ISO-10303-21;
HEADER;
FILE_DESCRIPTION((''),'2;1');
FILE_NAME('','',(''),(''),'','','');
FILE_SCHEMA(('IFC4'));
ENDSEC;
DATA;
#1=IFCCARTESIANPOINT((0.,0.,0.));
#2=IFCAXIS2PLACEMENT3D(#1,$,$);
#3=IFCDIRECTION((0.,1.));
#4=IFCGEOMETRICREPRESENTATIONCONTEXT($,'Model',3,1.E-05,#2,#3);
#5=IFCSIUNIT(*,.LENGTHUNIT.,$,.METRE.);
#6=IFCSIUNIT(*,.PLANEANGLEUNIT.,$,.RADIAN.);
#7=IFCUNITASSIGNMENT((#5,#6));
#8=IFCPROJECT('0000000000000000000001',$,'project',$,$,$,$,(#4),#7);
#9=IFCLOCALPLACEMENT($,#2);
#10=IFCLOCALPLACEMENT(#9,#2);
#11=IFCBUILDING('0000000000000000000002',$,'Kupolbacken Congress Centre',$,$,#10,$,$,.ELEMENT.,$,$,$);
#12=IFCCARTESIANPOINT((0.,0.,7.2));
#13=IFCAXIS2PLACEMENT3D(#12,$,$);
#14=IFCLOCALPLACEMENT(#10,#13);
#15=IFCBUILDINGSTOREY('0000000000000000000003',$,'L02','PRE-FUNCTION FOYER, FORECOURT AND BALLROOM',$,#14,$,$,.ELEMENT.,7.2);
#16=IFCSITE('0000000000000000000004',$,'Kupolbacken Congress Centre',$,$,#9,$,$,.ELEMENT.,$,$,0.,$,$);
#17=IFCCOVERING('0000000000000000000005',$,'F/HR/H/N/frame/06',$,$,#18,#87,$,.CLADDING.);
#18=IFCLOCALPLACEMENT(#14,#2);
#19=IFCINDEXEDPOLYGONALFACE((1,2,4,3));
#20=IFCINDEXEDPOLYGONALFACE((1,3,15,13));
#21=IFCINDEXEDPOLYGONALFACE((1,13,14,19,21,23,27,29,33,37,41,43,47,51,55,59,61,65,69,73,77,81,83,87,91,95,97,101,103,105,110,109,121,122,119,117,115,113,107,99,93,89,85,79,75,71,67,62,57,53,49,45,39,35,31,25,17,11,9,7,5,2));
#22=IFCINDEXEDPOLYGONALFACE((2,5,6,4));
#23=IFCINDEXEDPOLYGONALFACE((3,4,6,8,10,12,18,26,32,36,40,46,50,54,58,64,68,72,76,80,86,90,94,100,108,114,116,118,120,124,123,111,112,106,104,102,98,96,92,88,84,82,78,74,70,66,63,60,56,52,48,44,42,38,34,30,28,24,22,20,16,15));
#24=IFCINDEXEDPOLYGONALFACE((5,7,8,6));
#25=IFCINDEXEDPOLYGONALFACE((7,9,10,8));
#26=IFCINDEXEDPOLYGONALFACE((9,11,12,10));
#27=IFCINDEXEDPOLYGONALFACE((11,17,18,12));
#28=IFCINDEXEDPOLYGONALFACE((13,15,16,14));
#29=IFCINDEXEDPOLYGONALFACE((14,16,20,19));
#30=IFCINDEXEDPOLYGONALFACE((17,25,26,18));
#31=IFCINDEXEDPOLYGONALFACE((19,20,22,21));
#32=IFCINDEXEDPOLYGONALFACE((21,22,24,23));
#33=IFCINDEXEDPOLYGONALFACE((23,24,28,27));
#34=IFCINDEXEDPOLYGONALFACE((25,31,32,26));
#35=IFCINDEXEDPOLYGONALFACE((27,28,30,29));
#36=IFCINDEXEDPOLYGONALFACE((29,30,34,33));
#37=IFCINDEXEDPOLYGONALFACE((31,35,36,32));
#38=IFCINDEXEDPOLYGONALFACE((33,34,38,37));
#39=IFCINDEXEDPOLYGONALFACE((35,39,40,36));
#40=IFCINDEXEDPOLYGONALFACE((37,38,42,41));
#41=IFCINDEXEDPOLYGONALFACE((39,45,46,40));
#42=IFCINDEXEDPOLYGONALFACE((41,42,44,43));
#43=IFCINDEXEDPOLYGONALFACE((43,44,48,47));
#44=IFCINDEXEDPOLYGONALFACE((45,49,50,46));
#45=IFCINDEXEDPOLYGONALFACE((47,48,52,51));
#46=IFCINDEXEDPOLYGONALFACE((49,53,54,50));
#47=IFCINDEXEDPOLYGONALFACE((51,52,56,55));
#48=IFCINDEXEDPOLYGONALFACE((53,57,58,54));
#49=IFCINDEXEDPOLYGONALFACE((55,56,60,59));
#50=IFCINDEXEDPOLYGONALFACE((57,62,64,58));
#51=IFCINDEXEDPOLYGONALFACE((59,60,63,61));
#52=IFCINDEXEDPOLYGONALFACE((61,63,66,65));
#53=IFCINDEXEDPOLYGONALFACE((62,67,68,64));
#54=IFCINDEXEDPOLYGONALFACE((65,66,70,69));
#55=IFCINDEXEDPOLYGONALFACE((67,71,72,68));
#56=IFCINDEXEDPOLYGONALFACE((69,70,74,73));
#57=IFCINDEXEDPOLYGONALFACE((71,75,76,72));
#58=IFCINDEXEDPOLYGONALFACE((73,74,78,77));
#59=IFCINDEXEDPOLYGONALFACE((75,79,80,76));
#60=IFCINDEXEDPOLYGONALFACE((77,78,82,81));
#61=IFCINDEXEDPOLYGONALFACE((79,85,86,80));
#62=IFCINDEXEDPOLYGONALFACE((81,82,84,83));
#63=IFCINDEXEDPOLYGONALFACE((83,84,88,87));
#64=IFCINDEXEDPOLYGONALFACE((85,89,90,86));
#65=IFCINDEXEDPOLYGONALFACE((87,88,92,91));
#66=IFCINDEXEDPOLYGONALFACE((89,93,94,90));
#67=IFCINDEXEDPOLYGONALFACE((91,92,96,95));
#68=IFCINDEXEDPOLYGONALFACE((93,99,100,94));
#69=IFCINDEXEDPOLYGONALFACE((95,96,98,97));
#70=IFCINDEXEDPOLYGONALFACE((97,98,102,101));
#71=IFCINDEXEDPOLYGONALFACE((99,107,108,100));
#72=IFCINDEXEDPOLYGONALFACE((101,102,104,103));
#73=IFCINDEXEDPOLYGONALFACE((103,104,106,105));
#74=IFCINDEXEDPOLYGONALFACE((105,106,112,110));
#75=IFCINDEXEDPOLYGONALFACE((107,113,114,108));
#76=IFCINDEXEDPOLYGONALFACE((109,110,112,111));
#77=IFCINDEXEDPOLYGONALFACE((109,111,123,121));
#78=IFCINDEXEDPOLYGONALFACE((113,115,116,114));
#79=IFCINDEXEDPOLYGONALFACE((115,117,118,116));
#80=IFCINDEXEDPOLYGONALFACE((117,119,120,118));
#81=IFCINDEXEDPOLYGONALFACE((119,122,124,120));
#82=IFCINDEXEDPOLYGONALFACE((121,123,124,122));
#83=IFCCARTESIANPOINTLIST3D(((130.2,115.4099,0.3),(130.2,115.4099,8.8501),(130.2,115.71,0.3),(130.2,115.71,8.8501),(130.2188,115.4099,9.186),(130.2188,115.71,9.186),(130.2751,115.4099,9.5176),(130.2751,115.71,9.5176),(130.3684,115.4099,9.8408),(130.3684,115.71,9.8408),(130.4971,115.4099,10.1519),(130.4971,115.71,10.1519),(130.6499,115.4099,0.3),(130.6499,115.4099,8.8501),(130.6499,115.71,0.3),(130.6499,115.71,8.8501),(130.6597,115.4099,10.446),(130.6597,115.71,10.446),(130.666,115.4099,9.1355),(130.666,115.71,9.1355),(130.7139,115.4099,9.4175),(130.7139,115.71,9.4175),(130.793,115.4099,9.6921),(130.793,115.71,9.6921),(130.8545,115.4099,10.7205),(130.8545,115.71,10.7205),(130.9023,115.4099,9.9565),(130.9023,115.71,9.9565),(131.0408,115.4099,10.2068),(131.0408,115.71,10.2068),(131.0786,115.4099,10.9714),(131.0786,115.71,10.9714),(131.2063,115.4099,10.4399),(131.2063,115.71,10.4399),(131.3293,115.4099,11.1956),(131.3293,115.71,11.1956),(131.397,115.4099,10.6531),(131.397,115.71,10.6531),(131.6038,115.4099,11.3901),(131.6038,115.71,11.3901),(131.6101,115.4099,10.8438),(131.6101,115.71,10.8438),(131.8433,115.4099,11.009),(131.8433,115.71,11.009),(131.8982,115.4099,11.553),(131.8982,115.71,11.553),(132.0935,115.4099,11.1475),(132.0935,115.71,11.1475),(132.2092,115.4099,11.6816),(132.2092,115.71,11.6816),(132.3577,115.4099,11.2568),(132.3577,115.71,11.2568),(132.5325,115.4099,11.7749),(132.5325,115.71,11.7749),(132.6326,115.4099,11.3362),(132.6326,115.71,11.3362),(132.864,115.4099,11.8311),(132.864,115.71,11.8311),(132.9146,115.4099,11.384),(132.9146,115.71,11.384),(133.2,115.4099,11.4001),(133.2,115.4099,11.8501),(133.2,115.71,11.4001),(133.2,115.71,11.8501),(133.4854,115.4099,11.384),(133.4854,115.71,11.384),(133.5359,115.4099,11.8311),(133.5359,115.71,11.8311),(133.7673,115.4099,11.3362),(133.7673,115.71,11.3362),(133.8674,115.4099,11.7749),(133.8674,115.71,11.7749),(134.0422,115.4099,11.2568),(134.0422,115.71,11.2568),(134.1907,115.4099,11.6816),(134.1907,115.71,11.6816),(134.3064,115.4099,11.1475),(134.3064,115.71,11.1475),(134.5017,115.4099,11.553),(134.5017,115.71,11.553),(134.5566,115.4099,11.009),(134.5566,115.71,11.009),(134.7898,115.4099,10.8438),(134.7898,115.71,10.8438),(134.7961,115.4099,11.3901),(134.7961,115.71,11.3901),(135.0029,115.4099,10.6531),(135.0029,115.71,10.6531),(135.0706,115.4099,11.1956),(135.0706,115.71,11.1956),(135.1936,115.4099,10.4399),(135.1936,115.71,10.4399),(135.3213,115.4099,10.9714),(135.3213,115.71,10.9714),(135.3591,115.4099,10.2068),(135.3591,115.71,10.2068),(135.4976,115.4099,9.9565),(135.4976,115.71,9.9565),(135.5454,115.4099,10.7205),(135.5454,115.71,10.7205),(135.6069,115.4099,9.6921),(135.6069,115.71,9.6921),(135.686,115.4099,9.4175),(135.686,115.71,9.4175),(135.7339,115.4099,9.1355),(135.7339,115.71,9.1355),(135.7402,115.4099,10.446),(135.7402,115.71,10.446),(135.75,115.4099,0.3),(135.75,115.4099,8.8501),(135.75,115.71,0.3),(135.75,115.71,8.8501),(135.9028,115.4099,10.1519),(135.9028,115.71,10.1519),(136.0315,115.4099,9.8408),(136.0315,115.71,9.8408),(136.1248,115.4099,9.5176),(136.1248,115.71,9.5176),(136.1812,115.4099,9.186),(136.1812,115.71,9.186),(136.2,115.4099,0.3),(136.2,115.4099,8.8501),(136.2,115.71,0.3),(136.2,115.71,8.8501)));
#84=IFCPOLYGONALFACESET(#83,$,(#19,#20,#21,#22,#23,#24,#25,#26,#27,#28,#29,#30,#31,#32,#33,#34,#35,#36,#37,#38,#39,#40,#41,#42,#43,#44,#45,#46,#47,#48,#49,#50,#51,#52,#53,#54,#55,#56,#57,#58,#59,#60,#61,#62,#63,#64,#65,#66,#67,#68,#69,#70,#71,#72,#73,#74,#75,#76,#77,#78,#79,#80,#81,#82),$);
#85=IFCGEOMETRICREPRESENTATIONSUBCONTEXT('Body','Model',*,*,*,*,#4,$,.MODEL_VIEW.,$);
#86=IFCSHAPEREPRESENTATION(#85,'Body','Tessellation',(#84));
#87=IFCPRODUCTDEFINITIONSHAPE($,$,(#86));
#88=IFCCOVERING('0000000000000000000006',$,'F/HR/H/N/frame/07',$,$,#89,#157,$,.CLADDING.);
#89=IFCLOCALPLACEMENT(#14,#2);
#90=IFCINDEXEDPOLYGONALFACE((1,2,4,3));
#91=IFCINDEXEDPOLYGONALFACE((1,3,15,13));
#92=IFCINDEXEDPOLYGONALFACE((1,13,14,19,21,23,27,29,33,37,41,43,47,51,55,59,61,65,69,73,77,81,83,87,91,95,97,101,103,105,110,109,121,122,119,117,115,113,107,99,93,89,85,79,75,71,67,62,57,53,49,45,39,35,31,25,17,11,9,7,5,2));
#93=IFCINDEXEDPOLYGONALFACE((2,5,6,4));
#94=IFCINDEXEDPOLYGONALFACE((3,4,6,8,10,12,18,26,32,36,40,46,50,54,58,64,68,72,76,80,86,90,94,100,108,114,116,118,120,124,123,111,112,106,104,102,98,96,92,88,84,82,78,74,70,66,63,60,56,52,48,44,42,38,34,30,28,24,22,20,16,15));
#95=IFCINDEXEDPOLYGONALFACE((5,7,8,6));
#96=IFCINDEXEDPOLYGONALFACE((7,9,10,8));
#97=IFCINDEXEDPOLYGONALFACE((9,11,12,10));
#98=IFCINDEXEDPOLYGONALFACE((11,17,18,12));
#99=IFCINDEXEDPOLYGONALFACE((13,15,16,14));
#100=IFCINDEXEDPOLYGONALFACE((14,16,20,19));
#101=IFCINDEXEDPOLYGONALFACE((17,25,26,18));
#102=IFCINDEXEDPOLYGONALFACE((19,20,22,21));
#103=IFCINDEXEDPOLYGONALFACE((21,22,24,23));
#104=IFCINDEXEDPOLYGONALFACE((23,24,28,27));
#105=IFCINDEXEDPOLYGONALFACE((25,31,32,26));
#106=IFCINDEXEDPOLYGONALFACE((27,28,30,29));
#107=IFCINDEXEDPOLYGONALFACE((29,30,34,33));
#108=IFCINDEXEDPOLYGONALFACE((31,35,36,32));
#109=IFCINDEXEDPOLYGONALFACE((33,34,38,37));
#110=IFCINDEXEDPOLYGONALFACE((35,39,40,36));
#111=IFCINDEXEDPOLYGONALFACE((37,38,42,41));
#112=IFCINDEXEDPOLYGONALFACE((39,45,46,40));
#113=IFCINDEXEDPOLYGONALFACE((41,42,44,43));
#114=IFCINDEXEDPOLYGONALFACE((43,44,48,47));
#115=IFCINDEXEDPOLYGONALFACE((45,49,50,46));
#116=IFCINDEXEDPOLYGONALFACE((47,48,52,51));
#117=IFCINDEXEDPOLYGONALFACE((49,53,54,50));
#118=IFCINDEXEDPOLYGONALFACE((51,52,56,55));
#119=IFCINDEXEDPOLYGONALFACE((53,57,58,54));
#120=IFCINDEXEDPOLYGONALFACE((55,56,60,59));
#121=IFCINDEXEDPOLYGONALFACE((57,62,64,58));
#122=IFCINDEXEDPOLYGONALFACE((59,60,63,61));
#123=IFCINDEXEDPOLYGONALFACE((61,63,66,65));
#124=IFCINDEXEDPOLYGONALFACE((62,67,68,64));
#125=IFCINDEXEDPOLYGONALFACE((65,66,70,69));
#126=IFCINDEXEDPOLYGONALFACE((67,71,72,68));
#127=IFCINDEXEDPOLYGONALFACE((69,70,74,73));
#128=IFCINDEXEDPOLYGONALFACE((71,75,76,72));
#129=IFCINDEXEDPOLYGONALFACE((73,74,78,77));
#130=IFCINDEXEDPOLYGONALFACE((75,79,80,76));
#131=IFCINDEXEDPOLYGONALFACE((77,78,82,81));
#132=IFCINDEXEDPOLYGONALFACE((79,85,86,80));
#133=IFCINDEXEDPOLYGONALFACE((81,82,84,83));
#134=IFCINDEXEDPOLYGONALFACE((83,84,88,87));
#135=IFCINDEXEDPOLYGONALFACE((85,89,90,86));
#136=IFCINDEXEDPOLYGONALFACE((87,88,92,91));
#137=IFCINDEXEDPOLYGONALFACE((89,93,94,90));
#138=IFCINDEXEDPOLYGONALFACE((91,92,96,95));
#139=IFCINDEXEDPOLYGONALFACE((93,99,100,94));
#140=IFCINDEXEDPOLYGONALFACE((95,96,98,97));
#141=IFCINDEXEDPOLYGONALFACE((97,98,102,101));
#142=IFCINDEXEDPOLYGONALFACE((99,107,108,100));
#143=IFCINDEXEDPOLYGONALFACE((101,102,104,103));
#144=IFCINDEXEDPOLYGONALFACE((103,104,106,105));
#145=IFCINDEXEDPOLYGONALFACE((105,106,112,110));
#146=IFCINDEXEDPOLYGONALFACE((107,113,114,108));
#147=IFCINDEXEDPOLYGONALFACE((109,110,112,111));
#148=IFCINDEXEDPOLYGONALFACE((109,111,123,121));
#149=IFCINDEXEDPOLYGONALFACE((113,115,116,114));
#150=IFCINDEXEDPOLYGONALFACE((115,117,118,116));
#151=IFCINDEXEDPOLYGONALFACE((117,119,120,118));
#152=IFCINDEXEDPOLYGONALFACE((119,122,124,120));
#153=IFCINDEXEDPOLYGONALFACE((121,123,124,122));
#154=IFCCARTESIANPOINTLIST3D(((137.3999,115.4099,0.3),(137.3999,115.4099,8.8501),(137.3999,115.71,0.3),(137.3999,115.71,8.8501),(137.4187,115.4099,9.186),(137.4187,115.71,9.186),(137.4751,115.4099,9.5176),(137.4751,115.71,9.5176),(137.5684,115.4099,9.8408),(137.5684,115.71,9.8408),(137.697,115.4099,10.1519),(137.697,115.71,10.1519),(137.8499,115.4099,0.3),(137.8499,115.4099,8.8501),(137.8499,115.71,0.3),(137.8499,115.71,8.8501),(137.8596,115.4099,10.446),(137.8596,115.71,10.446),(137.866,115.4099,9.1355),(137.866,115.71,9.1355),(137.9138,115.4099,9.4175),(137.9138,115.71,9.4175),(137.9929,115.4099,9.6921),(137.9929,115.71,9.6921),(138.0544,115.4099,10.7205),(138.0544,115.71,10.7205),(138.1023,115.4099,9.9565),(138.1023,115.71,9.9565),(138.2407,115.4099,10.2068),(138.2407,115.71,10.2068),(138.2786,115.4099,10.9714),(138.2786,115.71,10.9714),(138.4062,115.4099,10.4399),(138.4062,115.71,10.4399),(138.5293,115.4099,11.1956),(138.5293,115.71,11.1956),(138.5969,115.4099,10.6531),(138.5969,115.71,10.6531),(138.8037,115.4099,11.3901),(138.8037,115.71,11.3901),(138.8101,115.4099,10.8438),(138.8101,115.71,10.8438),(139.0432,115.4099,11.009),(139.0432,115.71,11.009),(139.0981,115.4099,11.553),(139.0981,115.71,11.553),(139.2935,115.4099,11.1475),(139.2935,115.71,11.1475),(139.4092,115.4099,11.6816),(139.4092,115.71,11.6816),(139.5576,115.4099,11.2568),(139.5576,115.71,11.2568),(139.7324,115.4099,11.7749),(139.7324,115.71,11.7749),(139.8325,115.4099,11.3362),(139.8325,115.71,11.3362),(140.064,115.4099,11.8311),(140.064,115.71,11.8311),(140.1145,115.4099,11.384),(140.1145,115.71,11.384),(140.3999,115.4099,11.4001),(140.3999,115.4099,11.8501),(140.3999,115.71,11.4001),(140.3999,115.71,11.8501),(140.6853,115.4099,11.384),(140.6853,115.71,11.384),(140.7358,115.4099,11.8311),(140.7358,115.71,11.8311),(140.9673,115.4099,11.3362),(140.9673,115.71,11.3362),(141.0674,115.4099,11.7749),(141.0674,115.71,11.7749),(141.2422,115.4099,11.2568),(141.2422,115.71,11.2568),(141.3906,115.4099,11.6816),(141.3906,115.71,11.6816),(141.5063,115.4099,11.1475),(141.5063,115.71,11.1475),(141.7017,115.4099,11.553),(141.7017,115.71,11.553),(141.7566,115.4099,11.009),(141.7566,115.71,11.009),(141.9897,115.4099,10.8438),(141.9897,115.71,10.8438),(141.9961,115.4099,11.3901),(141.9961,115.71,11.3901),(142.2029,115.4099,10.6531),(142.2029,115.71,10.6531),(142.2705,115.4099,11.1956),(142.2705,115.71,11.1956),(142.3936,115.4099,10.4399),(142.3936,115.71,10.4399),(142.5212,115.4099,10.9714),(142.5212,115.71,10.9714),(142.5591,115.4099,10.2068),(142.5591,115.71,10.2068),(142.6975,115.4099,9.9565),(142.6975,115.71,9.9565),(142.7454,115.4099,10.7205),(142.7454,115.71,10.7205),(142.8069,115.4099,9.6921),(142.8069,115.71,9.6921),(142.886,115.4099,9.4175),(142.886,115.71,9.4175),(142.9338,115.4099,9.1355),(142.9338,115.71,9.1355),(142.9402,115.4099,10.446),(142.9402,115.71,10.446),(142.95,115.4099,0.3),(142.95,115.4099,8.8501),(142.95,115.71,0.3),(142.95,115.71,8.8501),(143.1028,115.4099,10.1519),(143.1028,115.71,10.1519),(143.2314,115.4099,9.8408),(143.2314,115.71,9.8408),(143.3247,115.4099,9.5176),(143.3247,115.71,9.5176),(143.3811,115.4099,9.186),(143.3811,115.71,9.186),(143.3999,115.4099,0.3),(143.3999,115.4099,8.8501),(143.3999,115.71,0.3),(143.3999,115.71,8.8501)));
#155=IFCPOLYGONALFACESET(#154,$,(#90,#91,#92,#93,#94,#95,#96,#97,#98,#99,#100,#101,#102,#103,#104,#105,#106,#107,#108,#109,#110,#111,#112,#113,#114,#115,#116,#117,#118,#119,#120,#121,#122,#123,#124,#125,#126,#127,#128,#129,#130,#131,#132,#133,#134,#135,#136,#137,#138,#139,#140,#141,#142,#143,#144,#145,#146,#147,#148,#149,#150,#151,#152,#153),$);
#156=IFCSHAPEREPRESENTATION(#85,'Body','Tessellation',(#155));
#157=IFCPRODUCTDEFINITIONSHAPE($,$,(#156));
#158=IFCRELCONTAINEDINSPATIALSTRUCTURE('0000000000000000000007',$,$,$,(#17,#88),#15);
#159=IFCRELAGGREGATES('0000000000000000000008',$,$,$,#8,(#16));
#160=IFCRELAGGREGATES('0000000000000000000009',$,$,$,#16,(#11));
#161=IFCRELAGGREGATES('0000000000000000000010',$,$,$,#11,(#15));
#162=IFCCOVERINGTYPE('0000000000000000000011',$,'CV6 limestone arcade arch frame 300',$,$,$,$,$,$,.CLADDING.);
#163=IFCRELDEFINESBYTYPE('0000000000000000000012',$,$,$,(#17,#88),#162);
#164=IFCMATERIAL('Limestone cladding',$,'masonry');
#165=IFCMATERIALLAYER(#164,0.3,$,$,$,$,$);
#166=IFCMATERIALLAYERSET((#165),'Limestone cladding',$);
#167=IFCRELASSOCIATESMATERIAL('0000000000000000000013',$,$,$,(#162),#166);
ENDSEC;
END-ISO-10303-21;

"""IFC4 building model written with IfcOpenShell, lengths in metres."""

from ifc_helpers import new_model, si_unit, direction, frame, origin, place, context, subcontext, project, spatial, polyline, outline, extrude, material, layer, layer_set, type_object, element, save


model = new_model("IFC4")

# Units and contexts
model_context = context("Model", 3, precision=1e-05, world=origin(), true_north=direction((0.0, 1.0)))
body_context = subcontext(model_context, "Body", "Model", "MODEL_VIEW")
ifc_project = project(units=[si_unit("LENGTHUNIT", "METRE"), si_unit("PLANEANGLEUNIT", "RADIAN")], contexts=[model_context])

# Site, building, storey
site_placement = place(None, origin())
site = spatial("IfcSite", under=ifc_project, at=site_placement, Name="Kupolbacken Congress Centre", CompositionType="ELEMENT", RefElevation=0.0)
building_placement = place(site_placement, origin())
building = spatial("IfcBuilding", under=site, at=building_placement, Name="Kupolbacken Congress Centre", CompositionType="ELEMENT")
storey_placement = place(building_placement, frame((0.0, 0.0, 7.2)))
storey = spatial("IfcBuildingStorey", under=building, at=storey_placement, Name="L02", Description="PRE-FUNCTION FOYER, FORECOURT AND BALLROOM", CompositionType="ELEMENT", Elevation=7.2)

# Coverings
ifc_material_1 = material(Name="Limestone cladding", Category="masonry")
ifc_layer_1 = layer(ifc_material_1, 0.3)
ifc_layer_set_1 = layer_set([ifc_layer_1], Name="Limestone cladding")
covering_type_1 = type_object("IfcCoveringType", Name="CV6 limestone arcade arch frame 300", PredefinedType="CLADDING", material=ifc_layer_set_1)
covering_1_placement = place(storey_placement, frame((130.2, 115.4099, 0.3), z_axis=(0.0, 1.0, 0.0), x_axis=(-1.0, 0.0, 0.0)))
element("IfcCovering", 1, at=covering_1_placement, inside=storey, type_object=covering_type_1, Name="F/HR/H/N/frame/06", PredefinedType="CLADDING", context=body_context, shape_type="SweptSolid", body=[
    extrude(outline(polyline([(0.0, 0.0), (0.0, 8.55), (-0.0188, 8.886), (-0.0752, 9.2175), (-0.1685, 9.5408), (-0.2971, 9.8518), (-0.4597, 10.146), (-0.6545, 10.4204), (-0.8787, 10.6714), (-1.1294, 10.8955), (-1.4038, 11.0901), (-1.6982, 11.2529), (-2.0093, 11.3816), (-2.3325, 11.4749), (-2.6641, 11.531), (-3.0, 11.55), (-3.3359, 11.531), (-3.6675, 11.4749), (-3.9907, 11.3816), (-4.3018, 11.2529), (-4.5962, 11.0901), (-4.8706, 10.8955), (-5.1213, 10.6714), (-5.3455, 10.4204), (-5.5403, 10.146), (-5.7029, 9.8518), (-5.8315, 9.5408), (-5.9248, 9.2175), (-5.9812, 8.886), (-6.0, 8.55), (-6.0, 0.0), (-5.55, 0.0), (-5.55, 8.55), (-5.5339, 8.8354), (-5.4861, 9.1174), (-5.407, 9.3921), (-5.2976, 9.6565), (-5.1592, 9.9067), (-4.9937, 10.1399), (-4.803, 10.353), (-4.5898, 10.5437), (-4.3567, 10.709), (-4.1064, 10.8474), (-3.8423, 10.9568), (-3.5674, 11.0361), (-3.2854, 11.084), (-3.0, 11.1001), (-2.7146, 11.084), (-2.4326, 11.0361), (-2.1577, 10.9568), (-1.8936, 10.8474), (-1.6433, 10.709), (-1.4102, 10.5437), (-1.197, 10.353), (-1.0063, 10.1399), (-0.8408, 9.9067), (-0.7024, 9.6565), (-0.593, 9.3921), (-0.5139, 9.1174), (-0.4661, 8.8354), (-0.45, 8.55), (-0.45, 0.0), (0.0, 0.0)])), origin(), (0.0, 0.0, 1.0), 0.3),
])
covering_2_placement = place(storey_placement, frame((137.3999, 115.4099, 0.3), z_axis=(0.0, 1.0, 0.0), x_axis=(-1.0, 0.0, 0.0)))
element("IfcCovering", 2, at=covering_2_placement, inside=storey, type_object=covering_type_1, Name="F/HR/H/N/frame/07", PredefinedType="CLADDING", context=body_context, shape_type="SweptSolid", body=[
    extrude(outline(polyline([(0.0, 0.0), (0.0, 8.55), (-0.0188, 8.886), (-0.0752, 9.2175), (-0.1685, 9.5408), (-0.2971, 9.8518), (-0.4597, 10.146), (-0.6545, 10.4204), (-0.8787, 10.6714), (-1.1294, 10.8955), (-1.4038, 11.0901), (-1.6982, 11.2529), (-2.0093, 11.3816), (-2.3325, 11.4749), (-2.6641, 11.531), (-3.0, 11.55), (-3.3359, 11.531), (-3.6675, 11.4749), (-3.9907, 11.3816), (-4.3018, 11.2529), (-4.5962, 11.0901), (-4.8706, 10.8955), (-5.1213, 10.6714), (-5.3455, 10.4204), (-5.5403, 10.146), (-5.7029, 9.8518), (-5.8315, 9.5408), (-5.9248, 9.2175), (-5.9812, 8.886), (-6.0, 8.55), (-6.0, 0.0), (-5.55, 0.0), (-5.55, 8.55), (-5.5339, 8.8354), (-5.4861, 9.1174), (-5.407, 9.3921), (-5.2976, 9.6565), (-5.1592, 9.9067), (-4.9937, 10.1399), (-4.803, 10.353), (-4.5898, 10.5437), (-4.3567, 10.709), (-4.1064, 10.8474), (-3.8423, 10.9568), (-3.5674, 11.0361), (-3.2854, 11.084), (-3.0, 11.1001), (-2.7146, 11.084), (-2.4326, 11.0361), (-2.1577, 10.9568), (-1.8936, 10.8474), (-1.6433, 10.709), (-1.4102, 10.5437), (-1.197, 10.353), (-1.0063, 10.1399), (-0.8408, 9.9067), (-0.7024, 9.6565), (-0.593, 9.3921), (-0.5139, 9.1174), (-0.4661, 8.8354), (-0.45, 8.55), (-0.45, 0.0), (0.0, 0.0)])), origin(), (0.0, 0.0, 1.0), 0.3),
])

save(model, "model.ifc")
